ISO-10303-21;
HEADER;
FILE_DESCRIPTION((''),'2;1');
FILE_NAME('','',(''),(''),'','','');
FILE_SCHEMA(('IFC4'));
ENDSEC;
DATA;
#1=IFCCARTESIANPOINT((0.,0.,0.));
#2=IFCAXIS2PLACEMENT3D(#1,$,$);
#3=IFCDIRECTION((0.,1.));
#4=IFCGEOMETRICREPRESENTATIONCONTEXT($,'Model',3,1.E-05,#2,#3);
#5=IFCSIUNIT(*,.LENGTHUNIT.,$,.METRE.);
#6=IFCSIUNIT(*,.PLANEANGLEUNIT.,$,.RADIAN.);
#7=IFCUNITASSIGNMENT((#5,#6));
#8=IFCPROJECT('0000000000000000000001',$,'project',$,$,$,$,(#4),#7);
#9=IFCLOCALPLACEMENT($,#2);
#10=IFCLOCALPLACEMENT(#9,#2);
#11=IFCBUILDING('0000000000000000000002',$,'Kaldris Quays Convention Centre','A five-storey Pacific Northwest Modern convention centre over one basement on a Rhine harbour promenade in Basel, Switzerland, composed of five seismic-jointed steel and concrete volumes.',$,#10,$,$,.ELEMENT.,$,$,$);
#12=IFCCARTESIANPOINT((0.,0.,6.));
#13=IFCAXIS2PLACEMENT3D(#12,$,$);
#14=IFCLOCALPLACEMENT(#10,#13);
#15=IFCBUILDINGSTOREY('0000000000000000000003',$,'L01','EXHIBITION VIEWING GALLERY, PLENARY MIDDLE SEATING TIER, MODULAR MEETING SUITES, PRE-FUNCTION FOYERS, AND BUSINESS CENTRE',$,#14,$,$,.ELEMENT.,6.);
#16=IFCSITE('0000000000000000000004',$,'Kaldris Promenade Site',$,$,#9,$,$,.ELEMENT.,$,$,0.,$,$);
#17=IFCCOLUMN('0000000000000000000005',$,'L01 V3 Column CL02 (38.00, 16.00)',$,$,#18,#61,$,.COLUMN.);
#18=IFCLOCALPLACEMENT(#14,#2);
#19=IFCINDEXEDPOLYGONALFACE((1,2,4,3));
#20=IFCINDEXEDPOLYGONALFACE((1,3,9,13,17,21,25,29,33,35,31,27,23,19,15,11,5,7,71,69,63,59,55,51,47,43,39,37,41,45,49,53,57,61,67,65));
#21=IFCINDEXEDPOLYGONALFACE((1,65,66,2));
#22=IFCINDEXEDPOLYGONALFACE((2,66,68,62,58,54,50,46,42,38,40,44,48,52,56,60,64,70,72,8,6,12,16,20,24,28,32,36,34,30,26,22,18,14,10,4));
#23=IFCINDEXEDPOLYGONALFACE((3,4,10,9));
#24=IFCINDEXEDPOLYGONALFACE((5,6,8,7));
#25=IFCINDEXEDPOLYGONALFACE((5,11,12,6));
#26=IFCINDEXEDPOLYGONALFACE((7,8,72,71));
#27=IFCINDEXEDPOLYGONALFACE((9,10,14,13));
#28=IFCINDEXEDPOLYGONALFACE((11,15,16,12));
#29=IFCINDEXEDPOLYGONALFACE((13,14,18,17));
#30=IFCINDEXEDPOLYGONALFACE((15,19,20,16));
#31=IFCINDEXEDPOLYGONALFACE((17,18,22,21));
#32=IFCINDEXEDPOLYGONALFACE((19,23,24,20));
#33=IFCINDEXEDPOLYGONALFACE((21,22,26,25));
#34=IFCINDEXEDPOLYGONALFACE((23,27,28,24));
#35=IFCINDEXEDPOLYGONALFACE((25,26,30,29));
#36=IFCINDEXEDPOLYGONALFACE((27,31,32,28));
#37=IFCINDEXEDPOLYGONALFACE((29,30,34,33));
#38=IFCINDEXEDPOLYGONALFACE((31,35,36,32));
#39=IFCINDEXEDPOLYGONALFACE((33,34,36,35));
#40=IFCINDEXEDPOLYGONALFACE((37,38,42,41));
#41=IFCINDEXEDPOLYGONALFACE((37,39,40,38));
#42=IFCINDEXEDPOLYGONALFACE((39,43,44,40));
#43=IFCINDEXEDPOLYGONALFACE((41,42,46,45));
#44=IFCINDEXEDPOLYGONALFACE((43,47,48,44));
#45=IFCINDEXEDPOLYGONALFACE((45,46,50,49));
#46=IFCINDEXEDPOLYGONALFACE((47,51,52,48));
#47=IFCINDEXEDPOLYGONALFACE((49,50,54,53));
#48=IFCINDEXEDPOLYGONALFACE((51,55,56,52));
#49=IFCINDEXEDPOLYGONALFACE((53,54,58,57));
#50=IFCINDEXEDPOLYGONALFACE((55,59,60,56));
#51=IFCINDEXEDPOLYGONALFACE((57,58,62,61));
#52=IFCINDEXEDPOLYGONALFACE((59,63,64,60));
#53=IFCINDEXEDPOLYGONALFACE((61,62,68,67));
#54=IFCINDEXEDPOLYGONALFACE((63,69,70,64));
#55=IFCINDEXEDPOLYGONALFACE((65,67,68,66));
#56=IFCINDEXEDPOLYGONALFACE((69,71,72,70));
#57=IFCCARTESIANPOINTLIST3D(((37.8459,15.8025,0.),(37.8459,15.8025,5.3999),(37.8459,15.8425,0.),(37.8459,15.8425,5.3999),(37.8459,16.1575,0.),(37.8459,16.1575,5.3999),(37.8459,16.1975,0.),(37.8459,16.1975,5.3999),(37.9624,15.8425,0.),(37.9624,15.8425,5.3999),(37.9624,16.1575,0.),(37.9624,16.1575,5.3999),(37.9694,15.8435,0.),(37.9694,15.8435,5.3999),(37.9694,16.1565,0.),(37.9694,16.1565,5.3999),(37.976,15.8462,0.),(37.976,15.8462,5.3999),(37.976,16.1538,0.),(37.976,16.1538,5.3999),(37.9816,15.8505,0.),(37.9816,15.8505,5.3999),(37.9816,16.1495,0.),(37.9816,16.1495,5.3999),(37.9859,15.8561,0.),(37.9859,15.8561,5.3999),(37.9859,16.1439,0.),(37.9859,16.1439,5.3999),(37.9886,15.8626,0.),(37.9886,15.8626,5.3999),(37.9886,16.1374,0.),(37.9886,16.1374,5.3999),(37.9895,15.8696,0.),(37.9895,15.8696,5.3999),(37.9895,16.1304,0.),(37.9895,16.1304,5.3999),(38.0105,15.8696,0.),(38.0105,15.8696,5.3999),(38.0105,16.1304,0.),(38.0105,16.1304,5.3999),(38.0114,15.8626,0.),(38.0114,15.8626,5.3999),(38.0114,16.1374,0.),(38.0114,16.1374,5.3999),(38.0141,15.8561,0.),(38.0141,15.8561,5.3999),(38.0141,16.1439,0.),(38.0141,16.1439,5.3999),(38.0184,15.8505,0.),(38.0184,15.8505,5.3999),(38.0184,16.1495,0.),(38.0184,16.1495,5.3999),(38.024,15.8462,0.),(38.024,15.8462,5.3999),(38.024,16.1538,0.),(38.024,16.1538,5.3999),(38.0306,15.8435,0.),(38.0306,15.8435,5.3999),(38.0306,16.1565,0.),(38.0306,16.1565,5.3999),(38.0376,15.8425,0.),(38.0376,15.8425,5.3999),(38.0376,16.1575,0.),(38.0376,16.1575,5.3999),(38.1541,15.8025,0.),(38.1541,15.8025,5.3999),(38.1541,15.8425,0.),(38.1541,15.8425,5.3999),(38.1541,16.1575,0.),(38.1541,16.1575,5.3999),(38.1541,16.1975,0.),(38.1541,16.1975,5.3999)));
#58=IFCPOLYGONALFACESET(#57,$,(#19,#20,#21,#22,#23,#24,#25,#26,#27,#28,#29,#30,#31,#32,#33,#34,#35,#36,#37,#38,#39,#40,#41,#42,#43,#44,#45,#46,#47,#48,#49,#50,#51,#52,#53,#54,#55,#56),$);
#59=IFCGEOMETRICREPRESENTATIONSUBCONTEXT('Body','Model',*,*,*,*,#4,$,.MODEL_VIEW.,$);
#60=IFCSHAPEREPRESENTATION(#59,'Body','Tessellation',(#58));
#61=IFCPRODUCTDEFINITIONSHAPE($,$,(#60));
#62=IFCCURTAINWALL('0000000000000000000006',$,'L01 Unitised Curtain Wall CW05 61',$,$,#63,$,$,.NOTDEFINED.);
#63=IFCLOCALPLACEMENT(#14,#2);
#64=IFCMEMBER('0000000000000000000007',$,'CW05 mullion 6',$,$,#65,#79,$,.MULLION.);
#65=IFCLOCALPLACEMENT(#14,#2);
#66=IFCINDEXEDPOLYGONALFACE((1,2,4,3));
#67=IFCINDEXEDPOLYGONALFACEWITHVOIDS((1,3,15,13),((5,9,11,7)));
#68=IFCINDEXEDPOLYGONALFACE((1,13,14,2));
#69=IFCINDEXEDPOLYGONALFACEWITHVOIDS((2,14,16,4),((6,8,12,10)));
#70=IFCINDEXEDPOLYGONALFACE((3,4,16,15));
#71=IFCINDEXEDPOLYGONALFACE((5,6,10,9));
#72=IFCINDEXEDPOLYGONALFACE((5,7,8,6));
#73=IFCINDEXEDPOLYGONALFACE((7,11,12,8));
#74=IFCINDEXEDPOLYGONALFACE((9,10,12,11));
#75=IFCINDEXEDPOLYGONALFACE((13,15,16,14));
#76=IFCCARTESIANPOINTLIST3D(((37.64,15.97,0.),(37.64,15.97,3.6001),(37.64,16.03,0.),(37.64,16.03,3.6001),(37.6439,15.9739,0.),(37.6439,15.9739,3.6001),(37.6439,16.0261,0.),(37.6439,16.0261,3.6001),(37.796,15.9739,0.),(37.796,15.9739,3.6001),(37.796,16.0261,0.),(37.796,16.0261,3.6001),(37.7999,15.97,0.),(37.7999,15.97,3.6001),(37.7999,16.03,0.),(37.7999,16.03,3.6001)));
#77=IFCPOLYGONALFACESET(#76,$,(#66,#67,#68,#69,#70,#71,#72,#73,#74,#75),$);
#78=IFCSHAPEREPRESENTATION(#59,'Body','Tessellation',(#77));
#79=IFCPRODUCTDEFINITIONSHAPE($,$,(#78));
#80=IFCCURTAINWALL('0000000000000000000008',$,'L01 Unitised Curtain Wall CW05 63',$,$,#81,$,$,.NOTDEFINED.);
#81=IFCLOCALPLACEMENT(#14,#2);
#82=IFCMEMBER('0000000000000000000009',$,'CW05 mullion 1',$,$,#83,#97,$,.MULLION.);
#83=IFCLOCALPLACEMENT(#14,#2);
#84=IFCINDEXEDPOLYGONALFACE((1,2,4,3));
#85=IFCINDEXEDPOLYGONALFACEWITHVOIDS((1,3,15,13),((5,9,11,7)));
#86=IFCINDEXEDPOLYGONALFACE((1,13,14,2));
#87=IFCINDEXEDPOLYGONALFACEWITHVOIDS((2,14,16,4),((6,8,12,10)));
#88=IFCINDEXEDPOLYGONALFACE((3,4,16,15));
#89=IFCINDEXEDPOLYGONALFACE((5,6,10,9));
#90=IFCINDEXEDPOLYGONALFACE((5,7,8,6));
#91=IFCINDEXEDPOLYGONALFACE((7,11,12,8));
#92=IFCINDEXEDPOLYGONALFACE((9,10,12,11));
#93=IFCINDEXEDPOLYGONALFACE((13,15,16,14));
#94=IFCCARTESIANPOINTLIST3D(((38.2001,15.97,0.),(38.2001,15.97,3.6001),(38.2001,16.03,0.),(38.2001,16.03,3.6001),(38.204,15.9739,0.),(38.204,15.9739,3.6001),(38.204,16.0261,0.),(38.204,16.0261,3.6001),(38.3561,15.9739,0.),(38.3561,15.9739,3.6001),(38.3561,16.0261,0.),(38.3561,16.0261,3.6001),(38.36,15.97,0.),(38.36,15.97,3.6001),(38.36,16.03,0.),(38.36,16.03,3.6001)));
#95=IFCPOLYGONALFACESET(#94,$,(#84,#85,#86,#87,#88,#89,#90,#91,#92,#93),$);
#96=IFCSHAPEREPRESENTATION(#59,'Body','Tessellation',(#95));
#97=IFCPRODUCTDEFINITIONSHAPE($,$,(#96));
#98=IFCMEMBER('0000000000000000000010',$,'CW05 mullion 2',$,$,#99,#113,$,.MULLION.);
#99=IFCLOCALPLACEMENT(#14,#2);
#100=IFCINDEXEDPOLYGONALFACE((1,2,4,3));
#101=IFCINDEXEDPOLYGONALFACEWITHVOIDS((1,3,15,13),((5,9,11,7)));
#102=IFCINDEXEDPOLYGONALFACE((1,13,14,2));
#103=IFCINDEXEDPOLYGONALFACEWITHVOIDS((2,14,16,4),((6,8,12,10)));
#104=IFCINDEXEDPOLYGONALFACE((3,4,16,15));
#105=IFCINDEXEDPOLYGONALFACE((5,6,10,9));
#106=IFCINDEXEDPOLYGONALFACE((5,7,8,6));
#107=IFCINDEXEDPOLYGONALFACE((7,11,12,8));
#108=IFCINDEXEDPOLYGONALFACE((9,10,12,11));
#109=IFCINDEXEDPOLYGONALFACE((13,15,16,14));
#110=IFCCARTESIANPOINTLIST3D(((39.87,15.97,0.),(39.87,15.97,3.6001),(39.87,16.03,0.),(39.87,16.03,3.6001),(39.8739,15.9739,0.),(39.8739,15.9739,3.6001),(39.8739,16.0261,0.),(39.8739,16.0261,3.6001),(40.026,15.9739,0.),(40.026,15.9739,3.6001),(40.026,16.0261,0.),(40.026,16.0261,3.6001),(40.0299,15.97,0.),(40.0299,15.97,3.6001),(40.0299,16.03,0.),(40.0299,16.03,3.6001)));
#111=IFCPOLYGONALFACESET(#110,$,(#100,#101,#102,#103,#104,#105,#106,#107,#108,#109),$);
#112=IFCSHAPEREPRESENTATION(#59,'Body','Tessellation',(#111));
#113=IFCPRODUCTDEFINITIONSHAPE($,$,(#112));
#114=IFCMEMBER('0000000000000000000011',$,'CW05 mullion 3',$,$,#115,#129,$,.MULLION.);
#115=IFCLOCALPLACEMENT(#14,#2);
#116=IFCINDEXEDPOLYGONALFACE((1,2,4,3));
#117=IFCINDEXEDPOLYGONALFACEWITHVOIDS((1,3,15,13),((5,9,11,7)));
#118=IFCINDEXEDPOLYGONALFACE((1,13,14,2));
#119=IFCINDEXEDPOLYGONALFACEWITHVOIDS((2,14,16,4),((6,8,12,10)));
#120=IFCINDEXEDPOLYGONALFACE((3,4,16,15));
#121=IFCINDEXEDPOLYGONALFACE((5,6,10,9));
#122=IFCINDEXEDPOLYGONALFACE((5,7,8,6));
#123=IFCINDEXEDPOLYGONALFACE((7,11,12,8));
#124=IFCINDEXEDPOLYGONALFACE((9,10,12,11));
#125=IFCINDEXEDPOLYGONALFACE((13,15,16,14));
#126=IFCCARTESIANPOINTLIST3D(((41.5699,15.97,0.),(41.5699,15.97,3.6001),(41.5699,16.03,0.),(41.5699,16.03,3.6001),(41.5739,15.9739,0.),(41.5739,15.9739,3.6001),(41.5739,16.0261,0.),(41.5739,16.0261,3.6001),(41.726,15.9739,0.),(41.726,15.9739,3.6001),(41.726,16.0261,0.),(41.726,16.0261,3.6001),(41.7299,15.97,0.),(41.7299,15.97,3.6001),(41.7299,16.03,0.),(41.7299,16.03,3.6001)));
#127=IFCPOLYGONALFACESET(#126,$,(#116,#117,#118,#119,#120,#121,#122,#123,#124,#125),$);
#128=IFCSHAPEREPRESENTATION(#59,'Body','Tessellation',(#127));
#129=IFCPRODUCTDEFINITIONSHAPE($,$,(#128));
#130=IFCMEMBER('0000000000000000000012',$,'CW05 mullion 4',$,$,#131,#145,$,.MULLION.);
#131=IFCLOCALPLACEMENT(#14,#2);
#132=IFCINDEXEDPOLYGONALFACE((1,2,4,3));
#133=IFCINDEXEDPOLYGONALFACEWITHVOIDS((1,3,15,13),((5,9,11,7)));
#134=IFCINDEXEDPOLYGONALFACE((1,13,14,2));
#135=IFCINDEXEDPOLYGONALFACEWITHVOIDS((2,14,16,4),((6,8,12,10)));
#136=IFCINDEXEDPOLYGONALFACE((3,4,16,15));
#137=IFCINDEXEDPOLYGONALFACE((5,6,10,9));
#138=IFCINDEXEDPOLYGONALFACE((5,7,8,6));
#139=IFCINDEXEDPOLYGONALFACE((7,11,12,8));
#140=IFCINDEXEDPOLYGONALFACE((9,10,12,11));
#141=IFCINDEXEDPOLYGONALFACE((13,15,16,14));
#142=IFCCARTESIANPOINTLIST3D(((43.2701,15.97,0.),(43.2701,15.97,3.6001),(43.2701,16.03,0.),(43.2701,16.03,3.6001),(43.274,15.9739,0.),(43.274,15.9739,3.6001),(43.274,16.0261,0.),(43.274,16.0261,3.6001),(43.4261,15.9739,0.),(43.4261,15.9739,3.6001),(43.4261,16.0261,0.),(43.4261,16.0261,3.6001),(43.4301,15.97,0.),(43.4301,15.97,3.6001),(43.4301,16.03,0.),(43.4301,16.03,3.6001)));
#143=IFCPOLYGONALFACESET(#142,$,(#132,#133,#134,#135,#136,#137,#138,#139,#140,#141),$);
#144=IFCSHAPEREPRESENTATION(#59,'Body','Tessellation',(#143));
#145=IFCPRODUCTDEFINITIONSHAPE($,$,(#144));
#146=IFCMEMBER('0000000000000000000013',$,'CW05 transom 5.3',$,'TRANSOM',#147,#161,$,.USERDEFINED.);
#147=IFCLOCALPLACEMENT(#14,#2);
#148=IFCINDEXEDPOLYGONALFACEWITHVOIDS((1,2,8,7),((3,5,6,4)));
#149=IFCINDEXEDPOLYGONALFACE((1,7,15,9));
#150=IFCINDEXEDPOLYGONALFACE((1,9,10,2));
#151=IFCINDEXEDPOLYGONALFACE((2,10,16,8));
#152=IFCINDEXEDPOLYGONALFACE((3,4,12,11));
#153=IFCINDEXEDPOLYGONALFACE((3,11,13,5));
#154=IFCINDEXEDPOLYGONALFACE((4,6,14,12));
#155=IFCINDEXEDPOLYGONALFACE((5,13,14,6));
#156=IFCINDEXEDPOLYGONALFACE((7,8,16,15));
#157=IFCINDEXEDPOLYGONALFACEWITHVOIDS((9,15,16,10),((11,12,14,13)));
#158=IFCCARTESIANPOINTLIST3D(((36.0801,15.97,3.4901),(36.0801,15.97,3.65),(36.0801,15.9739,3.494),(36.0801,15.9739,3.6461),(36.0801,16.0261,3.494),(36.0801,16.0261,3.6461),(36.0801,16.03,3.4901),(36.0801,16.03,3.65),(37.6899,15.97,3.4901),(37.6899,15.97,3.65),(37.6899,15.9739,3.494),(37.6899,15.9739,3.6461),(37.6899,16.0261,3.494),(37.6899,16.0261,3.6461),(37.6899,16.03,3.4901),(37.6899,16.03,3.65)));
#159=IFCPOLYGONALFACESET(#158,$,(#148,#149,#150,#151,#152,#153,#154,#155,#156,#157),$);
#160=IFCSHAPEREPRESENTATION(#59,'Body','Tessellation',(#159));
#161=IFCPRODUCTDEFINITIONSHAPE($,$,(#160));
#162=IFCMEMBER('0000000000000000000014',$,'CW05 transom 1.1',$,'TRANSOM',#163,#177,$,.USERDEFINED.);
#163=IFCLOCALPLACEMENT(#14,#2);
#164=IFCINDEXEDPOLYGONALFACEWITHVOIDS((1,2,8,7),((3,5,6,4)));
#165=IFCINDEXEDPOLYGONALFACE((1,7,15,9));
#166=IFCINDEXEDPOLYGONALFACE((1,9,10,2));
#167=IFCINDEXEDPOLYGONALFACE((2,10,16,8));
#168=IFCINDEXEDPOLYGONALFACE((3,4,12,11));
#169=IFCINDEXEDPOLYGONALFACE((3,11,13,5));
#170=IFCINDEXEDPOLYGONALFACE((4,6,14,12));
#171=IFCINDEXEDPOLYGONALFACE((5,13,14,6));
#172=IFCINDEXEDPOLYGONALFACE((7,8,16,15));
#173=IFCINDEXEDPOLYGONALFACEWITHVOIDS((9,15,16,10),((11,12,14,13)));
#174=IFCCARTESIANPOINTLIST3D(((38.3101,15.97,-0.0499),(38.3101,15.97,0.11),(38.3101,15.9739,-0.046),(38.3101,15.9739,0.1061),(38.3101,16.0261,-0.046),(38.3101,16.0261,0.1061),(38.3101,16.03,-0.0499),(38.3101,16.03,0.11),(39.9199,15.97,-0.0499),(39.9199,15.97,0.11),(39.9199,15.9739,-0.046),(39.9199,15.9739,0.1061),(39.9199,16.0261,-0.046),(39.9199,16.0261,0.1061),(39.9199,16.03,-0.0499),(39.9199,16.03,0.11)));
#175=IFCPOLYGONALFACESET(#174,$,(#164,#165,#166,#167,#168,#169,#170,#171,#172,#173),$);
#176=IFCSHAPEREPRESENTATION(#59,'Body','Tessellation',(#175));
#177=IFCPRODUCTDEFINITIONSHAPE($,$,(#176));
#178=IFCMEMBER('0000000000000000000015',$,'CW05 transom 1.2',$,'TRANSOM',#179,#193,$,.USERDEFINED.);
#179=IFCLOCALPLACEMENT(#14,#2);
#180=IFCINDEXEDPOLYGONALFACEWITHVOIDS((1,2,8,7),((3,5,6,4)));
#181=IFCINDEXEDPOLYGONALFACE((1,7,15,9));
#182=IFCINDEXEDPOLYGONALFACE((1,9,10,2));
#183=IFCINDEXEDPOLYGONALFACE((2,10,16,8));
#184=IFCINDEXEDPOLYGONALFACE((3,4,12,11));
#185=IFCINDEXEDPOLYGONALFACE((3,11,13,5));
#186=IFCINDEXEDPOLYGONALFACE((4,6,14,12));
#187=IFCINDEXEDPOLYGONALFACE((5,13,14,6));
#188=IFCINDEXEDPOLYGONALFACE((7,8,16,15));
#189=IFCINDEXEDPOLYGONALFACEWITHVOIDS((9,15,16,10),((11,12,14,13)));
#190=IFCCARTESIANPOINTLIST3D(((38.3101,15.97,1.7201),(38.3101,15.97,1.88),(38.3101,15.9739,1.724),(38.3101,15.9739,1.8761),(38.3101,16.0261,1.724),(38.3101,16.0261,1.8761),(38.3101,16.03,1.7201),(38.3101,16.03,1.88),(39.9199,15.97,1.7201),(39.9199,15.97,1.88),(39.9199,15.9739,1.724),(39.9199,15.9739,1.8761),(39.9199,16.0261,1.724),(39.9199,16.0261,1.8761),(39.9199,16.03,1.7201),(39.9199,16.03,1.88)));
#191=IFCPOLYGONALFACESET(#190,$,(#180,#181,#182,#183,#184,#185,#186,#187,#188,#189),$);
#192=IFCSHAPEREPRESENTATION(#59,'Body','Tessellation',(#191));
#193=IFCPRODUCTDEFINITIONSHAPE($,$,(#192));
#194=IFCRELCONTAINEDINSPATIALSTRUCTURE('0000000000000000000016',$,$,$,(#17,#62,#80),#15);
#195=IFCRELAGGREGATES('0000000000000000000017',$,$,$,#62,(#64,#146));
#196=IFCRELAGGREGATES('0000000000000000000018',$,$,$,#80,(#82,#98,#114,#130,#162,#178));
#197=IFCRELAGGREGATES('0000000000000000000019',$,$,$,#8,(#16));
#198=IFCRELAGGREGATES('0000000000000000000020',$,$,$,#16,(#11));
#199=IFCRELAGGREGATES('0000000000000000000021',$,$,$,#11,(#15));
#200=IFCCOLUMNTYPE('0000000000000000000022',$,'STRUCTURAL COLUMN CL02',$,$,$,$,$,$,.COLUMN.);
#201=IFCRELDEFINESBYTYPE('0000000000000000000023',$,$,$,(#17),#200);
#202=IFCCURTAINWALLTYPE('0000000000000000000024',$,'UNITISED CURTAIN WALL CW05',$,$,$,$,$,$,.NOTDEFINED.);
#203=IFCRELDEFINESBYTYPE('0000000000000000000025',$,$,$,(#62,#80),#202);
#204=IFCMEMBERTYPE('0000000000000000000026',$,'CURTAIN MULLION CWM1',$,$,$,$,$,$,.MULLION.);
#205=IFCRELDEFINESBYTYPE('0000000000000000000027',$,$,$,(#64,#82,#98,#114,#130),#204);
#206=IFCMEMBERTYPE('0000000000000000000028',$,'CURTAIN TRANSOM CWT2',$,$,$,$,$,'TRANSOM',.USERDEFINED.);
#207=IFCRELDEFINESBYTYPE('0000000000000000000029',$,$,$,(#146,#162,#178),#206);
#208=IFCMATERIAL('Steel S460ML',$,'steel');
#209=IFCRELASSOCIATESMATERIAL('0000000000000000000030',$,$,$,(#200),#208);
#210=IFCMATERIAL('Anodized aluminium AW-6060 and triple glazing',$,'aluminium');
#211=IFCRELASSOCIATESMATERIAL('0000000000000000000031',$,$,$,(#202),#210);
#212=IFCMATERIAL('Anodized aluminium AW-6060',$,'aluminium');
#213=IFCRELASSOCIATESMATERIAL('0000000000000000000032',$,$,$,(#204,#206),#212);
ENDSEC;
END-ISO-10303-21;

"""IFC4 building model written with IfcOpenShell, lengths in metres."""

from ifc_helpers import new_model, si_unit, direction, frame, origin, origin_2d, place, context, subcontext, project, spatial, hollow_rectangle, i_section, extrude, material, material_profile, profile_set, type_object, element, aggregate, save


model = new_model("IFC4")

# Units and contexts
model_context = context("Model", 3, precision=1e-05, world=origin(), true_north=direction((0.0, 1.0)))
body_context = subcontext(model_context, "Body", "Model", "MODEL_VIEW")
ifc_project = project(units=[si_unit("LENGTHUNIT", "METRE"), si_unit("PLANEANGLEUNIT", "RADIAN")], contexts=[model_context])

# Site, building, storey
site_placement = place(None, origin())
site = spatial("IfcSite", under=ifc_project, at=site_placement, Name="Kaldris Promenade Site", CompositionType="ELEMENT", RefElevation=0.0)
building_placement = place(site_placement, origin())
building = spatial("IfcBuilding", under=site, at=building_placement, Name="Kaldris Quays Convention Centre", Description="A five-storey Pacific Northwest Modern convention centre over one basement on a Rhine harbour promenade in Basel, Switzerland, composed of five seismic-jointed steel and concrete volumes.", CompositionType="ELEMENT")
storey_placement = place(building_placement, frame((0.0, 0.0, 6.0)))
storey = spatial("IfcBuildingStorey", under=building, at=storey_placement, Name="L01", Description="EXHIBITION VIEWING GALLERY, PLENARY MIDDLE SEATING TIER, MODULAR MEETING SUITES, PRE-FUNCTION FOYERS, AND BUSINESS CENTRE", CompositionType="ELEMENT", Elevation=6.0)

# Column
ifc_material_1 = material(Name="Steel S460ML", Category="steel")
ifc_material_profile_1 = material_profile(ifc_material_1, i_section(OverallWidth=0.3081, OverallDepth=0.395, WebThickness=0.021, FlangeThickness=0.04, FilletRadius=0.0271, at=origin_2d()), Name="HEM 360")
ifc_profile_set_1 = profile_set([ifc_material_profile_1], Name="Steel S460ML")
column_type = type_object("IfcColumnType", Name="STRUCTURAL COLUMN CL02", PredefinedType="COLUMN", material=ifc_profile_set_1)
column_placement = place(storey_placement, frame((38.0, 16.0, 0.0), z_axis=(0.0, 0.0, 1.0), x_axis=(1.0, 0.0, 0.0)))
element("IfcColumn", 1, at=column_placement, inside=storey, type_object=column_type, Name="L01 V3 Column CL02 (38.00, 16.00)", PredefinedType="COLUMN", context=body_context, shape_type="SweptSolid", body=[
    extrude(i_section(OverallWidth=0.3081, OverallDepth=0.395, WebThickness=0.021, FlangeThickness=0.04, FilletRadius=0.0271, at=origin_2d()), origin(), (0.0, 0.0, 1.0), 5.3999),
])

# Curtain wall, member
ifc_material_2 = material(Name="Anodized aluminium AW-6060 and triple glazing", Category="aluminium")
curtain_wall_type = type_object("IfcCurtainWallType", Name="UNITISED CURTAIN WALL CW05", PredefinedType="NOTDEFINED", material=ifc_material_2)
curtain_wall_1_placement = place(storey_placement, origin())
curtain_wall_1 = element("IfcCurtainWall", 2, at=curtain_wall_1_placement, inside=storey, type_object=curtain_wall_type, Name="L01 Unitised Curtain Wall CW05 61", PredefinedType="NOTDEFINED")
ifc_material_3 = material(Name="Anodized aluminium AW-6060", Category="aluminium")
ifc_material_profile_2 = material_profile(ifc_material_3, hollow_rectangle(XDim=0.0601, YDim=0.1599, WallThickness=0.0039, at=origin_2d()), Name="RHS 160x60x4")
ifc_profile_set_2 = profile_set([ifc_material_profile_2], Name="Anodized aluminium AW-6060")
member_type_1 = type_object("IfcMemberType", Name="CURTAIN MULLION CWM1", PredefinedType="MULLION", material=ifc_profile_set_2)
member_1_placement = place(storey_placement, frame((37.72, 16.0, 0.0), z_axis=(0.0, 0.0, 1.0), x_axis=(0.0, 1.0, 0.0)))
member_1 = element("IfcMember", 3, at=member_1_placement, type_object=member_type_1, Name="CW05 mullion 6", PredefinedType="MULLION", context=body_context, shape_type="SweptSolid", body=[
    extrude(hollow_rectangle(XDim=0.0601, YDim=0.1599, WallThickness=0.0039, at=origin_2d()), origin(), (0.0, 0.0, 1.0), 3.6001),
])

# Curtain wall, members
curtain_wall_2_placement = place(storey_placement, origin())
curtain_wall_2 = element("IfcCurtainWall", 4, at=curtain_wall_2_placement, inside=storey, type_object=curtain_wall_type, Name="L01 Unitised Curtain Wall CW05 63", PredefinedType="NOTDEFINED")
member_2_placement = place(storey_placement, frame((38.28, 16.0, 0.0), z_axis=(0.0, 0.0, 1.0), x_axis=(0.0, 1.0, 0.0)))
member_2 = element("IfcMember", 5, at=member_2_placement, type_object=member_type_1, Name="CW05 mullion 1", PredefinedType="MULLION", context=body_context, shape_type="SweptSolid", body=[
    extrude(hollow_rectangle(XDim=0.0601, YDim=0.1599, WallThickness=0.0039, at=origin_2d()), origin(), (0.0, 0.0, 1.0), 3.6001),
])
member_3_placement = place(storey_placement, frame((39.95, 16.0, 0.0), z_axis=(0.0, 0.0, 1.0), x_axis=(0.0, 1.0, 0.0)))
member_3 = element("IfcMember", 6, at=member_3_placement, type_object=member_type_1, Name="CW05 mullion 2", PredefinedType="MULLION", context=body_context, shape_type="SweptSolid", body=[
    extrude(hollow_rectangle(XDim=0.0601, YDim=0.1599, WallThickness=0.0039, at=origin_2d()), origin(), (0.0, 0.0, 1.0), 3.6001),
])
member_4_placement = place(storey_placement, frame((41.6499, 16.0, 0.0), z_axis=(0.0, 0.0, 1.0), x_axis=(0.0, 1.0, 0.0)))
member_4 = element("IfcMember", 7, at=member_4_placement, type_object=member_type_1, Name="CW05 mullion 3", PredefinedType="MULLION", context=body_context, shape_type="SweptSolid", body=[
    extrude(hollow_rectangle(XDim=0.0601, YDim=0.1599, WallThickness=0.0039, at=origin_2d()), origin(), (0.0, 0.0, 1.0), 3.6001),
])
member_5_placement = place(storey_placement, frame((43.3501, 16.0, 0.0), z_axis=(0.0, 0.0, 1.0), x_axis=(0.0, 1.0, 0.0)))
member_5 = element("IfcMember", 8, at=member_5_placement, type_object=member_type_1, Name="CW05 mullion 4", PredefinedType="MULLION", context=body_context, shape_type="SweptSolid", body=[
    extrude(hollow_rectangle(XDim=0.0601, YDim=0.1599, WallThickness=0.0039, at=origin_2d()), origin(), (0.0, 0.0, 1.0), 3.6001),
])

# Members
ifc_material_profile_3 = material_profile(ifc_material_3, hollow_rectangle(XDim=0.0601, YDim=0.1599, WallThickness=0.0039, at=origin_2d()), Name="RHS 160x60x4")
ifc_profile_set_3 = profile_set([ifc_material_profile_3], Name="Anodized aluminium AW-6060")
member_type_2 = type_object("IfcMemberType", Name="CURTAIN TRANSOM CWT2", ElementType="TRANSOM", PredefinedType="USERDEFINED", material=ifc_profile_set_3)
member_6_placement = place(storey_placement, frame((36.0801, 16.0, 3.5701), z_axis=(1.0, 0.0, 0.0), x_axis=(0.0, 1.0, 0.0)))
member_6 = element("IfcMember", 9, at=member_6_placement, type_object=member_type_2, Name="CW05 transom 5.3", ObjectType="TRANSOM", PredefinedType="USERDEFINED", context=body_context, shape_type="SweptSolid", body=[
    extrude(hollow_rectangle(XDim=0.0601, YDim=0.1599, WallThickness=0.0039, at=origin_2d()), origin(), (0.0, 0.0, 1.0), 1.6099),
])
member_7_placement = place(storey_placement, frame((38.3101, 16.0, 0.03), z_axis=(1.0, 0.0, 0.0), x_axis=(0.0, 1.0, 0.0)))
member_7 = element("IfcMember", 10, at=member_7_placement, type_object=member_type_2, Name="CW05 transom 1.1", ObjectType="TRANSOM", PredefinedType="USERDEFINED", context=body_context, shape_type="SweptSolid", body=[
    extrude(hollow_rectangle(XDim=0.0601, YDim=0.1599, WallThickness=0.0039, at=origin_2d()), origin(), (0.0, 0.0, 1.0), 1.6099),
])
member_8_placement = place(storey_placement, frame((38.3101, 16.0, 1.8), z_axis=(1.0, 0.0, 0.0), x_axis=(0.0, 1.0, 0.0)))
member_8 = element("IfcMember", 11, at=member_8_placement, type_object=member_type_2, Name="CW05 transom 1.2", ObjectType="TRANSOM", PredefinedType="USERDEFINED", context=body_context, shape_type="SweptSolid", body=[
    extrude(hollow_rectangle(XDim=0.0601, YDim=0.1599, WallThickness=0.0039, at=origin_2d()), origin(), (0.0, 0.0, 1.0), 1.6099),
])

aggregate(curtain_wall_1, [member_1, member_6])
aggregate(curtain_wall_2, [member_2, member_3, member_4, member_5, member_7, member_8])

save(model, "model.ifc")
